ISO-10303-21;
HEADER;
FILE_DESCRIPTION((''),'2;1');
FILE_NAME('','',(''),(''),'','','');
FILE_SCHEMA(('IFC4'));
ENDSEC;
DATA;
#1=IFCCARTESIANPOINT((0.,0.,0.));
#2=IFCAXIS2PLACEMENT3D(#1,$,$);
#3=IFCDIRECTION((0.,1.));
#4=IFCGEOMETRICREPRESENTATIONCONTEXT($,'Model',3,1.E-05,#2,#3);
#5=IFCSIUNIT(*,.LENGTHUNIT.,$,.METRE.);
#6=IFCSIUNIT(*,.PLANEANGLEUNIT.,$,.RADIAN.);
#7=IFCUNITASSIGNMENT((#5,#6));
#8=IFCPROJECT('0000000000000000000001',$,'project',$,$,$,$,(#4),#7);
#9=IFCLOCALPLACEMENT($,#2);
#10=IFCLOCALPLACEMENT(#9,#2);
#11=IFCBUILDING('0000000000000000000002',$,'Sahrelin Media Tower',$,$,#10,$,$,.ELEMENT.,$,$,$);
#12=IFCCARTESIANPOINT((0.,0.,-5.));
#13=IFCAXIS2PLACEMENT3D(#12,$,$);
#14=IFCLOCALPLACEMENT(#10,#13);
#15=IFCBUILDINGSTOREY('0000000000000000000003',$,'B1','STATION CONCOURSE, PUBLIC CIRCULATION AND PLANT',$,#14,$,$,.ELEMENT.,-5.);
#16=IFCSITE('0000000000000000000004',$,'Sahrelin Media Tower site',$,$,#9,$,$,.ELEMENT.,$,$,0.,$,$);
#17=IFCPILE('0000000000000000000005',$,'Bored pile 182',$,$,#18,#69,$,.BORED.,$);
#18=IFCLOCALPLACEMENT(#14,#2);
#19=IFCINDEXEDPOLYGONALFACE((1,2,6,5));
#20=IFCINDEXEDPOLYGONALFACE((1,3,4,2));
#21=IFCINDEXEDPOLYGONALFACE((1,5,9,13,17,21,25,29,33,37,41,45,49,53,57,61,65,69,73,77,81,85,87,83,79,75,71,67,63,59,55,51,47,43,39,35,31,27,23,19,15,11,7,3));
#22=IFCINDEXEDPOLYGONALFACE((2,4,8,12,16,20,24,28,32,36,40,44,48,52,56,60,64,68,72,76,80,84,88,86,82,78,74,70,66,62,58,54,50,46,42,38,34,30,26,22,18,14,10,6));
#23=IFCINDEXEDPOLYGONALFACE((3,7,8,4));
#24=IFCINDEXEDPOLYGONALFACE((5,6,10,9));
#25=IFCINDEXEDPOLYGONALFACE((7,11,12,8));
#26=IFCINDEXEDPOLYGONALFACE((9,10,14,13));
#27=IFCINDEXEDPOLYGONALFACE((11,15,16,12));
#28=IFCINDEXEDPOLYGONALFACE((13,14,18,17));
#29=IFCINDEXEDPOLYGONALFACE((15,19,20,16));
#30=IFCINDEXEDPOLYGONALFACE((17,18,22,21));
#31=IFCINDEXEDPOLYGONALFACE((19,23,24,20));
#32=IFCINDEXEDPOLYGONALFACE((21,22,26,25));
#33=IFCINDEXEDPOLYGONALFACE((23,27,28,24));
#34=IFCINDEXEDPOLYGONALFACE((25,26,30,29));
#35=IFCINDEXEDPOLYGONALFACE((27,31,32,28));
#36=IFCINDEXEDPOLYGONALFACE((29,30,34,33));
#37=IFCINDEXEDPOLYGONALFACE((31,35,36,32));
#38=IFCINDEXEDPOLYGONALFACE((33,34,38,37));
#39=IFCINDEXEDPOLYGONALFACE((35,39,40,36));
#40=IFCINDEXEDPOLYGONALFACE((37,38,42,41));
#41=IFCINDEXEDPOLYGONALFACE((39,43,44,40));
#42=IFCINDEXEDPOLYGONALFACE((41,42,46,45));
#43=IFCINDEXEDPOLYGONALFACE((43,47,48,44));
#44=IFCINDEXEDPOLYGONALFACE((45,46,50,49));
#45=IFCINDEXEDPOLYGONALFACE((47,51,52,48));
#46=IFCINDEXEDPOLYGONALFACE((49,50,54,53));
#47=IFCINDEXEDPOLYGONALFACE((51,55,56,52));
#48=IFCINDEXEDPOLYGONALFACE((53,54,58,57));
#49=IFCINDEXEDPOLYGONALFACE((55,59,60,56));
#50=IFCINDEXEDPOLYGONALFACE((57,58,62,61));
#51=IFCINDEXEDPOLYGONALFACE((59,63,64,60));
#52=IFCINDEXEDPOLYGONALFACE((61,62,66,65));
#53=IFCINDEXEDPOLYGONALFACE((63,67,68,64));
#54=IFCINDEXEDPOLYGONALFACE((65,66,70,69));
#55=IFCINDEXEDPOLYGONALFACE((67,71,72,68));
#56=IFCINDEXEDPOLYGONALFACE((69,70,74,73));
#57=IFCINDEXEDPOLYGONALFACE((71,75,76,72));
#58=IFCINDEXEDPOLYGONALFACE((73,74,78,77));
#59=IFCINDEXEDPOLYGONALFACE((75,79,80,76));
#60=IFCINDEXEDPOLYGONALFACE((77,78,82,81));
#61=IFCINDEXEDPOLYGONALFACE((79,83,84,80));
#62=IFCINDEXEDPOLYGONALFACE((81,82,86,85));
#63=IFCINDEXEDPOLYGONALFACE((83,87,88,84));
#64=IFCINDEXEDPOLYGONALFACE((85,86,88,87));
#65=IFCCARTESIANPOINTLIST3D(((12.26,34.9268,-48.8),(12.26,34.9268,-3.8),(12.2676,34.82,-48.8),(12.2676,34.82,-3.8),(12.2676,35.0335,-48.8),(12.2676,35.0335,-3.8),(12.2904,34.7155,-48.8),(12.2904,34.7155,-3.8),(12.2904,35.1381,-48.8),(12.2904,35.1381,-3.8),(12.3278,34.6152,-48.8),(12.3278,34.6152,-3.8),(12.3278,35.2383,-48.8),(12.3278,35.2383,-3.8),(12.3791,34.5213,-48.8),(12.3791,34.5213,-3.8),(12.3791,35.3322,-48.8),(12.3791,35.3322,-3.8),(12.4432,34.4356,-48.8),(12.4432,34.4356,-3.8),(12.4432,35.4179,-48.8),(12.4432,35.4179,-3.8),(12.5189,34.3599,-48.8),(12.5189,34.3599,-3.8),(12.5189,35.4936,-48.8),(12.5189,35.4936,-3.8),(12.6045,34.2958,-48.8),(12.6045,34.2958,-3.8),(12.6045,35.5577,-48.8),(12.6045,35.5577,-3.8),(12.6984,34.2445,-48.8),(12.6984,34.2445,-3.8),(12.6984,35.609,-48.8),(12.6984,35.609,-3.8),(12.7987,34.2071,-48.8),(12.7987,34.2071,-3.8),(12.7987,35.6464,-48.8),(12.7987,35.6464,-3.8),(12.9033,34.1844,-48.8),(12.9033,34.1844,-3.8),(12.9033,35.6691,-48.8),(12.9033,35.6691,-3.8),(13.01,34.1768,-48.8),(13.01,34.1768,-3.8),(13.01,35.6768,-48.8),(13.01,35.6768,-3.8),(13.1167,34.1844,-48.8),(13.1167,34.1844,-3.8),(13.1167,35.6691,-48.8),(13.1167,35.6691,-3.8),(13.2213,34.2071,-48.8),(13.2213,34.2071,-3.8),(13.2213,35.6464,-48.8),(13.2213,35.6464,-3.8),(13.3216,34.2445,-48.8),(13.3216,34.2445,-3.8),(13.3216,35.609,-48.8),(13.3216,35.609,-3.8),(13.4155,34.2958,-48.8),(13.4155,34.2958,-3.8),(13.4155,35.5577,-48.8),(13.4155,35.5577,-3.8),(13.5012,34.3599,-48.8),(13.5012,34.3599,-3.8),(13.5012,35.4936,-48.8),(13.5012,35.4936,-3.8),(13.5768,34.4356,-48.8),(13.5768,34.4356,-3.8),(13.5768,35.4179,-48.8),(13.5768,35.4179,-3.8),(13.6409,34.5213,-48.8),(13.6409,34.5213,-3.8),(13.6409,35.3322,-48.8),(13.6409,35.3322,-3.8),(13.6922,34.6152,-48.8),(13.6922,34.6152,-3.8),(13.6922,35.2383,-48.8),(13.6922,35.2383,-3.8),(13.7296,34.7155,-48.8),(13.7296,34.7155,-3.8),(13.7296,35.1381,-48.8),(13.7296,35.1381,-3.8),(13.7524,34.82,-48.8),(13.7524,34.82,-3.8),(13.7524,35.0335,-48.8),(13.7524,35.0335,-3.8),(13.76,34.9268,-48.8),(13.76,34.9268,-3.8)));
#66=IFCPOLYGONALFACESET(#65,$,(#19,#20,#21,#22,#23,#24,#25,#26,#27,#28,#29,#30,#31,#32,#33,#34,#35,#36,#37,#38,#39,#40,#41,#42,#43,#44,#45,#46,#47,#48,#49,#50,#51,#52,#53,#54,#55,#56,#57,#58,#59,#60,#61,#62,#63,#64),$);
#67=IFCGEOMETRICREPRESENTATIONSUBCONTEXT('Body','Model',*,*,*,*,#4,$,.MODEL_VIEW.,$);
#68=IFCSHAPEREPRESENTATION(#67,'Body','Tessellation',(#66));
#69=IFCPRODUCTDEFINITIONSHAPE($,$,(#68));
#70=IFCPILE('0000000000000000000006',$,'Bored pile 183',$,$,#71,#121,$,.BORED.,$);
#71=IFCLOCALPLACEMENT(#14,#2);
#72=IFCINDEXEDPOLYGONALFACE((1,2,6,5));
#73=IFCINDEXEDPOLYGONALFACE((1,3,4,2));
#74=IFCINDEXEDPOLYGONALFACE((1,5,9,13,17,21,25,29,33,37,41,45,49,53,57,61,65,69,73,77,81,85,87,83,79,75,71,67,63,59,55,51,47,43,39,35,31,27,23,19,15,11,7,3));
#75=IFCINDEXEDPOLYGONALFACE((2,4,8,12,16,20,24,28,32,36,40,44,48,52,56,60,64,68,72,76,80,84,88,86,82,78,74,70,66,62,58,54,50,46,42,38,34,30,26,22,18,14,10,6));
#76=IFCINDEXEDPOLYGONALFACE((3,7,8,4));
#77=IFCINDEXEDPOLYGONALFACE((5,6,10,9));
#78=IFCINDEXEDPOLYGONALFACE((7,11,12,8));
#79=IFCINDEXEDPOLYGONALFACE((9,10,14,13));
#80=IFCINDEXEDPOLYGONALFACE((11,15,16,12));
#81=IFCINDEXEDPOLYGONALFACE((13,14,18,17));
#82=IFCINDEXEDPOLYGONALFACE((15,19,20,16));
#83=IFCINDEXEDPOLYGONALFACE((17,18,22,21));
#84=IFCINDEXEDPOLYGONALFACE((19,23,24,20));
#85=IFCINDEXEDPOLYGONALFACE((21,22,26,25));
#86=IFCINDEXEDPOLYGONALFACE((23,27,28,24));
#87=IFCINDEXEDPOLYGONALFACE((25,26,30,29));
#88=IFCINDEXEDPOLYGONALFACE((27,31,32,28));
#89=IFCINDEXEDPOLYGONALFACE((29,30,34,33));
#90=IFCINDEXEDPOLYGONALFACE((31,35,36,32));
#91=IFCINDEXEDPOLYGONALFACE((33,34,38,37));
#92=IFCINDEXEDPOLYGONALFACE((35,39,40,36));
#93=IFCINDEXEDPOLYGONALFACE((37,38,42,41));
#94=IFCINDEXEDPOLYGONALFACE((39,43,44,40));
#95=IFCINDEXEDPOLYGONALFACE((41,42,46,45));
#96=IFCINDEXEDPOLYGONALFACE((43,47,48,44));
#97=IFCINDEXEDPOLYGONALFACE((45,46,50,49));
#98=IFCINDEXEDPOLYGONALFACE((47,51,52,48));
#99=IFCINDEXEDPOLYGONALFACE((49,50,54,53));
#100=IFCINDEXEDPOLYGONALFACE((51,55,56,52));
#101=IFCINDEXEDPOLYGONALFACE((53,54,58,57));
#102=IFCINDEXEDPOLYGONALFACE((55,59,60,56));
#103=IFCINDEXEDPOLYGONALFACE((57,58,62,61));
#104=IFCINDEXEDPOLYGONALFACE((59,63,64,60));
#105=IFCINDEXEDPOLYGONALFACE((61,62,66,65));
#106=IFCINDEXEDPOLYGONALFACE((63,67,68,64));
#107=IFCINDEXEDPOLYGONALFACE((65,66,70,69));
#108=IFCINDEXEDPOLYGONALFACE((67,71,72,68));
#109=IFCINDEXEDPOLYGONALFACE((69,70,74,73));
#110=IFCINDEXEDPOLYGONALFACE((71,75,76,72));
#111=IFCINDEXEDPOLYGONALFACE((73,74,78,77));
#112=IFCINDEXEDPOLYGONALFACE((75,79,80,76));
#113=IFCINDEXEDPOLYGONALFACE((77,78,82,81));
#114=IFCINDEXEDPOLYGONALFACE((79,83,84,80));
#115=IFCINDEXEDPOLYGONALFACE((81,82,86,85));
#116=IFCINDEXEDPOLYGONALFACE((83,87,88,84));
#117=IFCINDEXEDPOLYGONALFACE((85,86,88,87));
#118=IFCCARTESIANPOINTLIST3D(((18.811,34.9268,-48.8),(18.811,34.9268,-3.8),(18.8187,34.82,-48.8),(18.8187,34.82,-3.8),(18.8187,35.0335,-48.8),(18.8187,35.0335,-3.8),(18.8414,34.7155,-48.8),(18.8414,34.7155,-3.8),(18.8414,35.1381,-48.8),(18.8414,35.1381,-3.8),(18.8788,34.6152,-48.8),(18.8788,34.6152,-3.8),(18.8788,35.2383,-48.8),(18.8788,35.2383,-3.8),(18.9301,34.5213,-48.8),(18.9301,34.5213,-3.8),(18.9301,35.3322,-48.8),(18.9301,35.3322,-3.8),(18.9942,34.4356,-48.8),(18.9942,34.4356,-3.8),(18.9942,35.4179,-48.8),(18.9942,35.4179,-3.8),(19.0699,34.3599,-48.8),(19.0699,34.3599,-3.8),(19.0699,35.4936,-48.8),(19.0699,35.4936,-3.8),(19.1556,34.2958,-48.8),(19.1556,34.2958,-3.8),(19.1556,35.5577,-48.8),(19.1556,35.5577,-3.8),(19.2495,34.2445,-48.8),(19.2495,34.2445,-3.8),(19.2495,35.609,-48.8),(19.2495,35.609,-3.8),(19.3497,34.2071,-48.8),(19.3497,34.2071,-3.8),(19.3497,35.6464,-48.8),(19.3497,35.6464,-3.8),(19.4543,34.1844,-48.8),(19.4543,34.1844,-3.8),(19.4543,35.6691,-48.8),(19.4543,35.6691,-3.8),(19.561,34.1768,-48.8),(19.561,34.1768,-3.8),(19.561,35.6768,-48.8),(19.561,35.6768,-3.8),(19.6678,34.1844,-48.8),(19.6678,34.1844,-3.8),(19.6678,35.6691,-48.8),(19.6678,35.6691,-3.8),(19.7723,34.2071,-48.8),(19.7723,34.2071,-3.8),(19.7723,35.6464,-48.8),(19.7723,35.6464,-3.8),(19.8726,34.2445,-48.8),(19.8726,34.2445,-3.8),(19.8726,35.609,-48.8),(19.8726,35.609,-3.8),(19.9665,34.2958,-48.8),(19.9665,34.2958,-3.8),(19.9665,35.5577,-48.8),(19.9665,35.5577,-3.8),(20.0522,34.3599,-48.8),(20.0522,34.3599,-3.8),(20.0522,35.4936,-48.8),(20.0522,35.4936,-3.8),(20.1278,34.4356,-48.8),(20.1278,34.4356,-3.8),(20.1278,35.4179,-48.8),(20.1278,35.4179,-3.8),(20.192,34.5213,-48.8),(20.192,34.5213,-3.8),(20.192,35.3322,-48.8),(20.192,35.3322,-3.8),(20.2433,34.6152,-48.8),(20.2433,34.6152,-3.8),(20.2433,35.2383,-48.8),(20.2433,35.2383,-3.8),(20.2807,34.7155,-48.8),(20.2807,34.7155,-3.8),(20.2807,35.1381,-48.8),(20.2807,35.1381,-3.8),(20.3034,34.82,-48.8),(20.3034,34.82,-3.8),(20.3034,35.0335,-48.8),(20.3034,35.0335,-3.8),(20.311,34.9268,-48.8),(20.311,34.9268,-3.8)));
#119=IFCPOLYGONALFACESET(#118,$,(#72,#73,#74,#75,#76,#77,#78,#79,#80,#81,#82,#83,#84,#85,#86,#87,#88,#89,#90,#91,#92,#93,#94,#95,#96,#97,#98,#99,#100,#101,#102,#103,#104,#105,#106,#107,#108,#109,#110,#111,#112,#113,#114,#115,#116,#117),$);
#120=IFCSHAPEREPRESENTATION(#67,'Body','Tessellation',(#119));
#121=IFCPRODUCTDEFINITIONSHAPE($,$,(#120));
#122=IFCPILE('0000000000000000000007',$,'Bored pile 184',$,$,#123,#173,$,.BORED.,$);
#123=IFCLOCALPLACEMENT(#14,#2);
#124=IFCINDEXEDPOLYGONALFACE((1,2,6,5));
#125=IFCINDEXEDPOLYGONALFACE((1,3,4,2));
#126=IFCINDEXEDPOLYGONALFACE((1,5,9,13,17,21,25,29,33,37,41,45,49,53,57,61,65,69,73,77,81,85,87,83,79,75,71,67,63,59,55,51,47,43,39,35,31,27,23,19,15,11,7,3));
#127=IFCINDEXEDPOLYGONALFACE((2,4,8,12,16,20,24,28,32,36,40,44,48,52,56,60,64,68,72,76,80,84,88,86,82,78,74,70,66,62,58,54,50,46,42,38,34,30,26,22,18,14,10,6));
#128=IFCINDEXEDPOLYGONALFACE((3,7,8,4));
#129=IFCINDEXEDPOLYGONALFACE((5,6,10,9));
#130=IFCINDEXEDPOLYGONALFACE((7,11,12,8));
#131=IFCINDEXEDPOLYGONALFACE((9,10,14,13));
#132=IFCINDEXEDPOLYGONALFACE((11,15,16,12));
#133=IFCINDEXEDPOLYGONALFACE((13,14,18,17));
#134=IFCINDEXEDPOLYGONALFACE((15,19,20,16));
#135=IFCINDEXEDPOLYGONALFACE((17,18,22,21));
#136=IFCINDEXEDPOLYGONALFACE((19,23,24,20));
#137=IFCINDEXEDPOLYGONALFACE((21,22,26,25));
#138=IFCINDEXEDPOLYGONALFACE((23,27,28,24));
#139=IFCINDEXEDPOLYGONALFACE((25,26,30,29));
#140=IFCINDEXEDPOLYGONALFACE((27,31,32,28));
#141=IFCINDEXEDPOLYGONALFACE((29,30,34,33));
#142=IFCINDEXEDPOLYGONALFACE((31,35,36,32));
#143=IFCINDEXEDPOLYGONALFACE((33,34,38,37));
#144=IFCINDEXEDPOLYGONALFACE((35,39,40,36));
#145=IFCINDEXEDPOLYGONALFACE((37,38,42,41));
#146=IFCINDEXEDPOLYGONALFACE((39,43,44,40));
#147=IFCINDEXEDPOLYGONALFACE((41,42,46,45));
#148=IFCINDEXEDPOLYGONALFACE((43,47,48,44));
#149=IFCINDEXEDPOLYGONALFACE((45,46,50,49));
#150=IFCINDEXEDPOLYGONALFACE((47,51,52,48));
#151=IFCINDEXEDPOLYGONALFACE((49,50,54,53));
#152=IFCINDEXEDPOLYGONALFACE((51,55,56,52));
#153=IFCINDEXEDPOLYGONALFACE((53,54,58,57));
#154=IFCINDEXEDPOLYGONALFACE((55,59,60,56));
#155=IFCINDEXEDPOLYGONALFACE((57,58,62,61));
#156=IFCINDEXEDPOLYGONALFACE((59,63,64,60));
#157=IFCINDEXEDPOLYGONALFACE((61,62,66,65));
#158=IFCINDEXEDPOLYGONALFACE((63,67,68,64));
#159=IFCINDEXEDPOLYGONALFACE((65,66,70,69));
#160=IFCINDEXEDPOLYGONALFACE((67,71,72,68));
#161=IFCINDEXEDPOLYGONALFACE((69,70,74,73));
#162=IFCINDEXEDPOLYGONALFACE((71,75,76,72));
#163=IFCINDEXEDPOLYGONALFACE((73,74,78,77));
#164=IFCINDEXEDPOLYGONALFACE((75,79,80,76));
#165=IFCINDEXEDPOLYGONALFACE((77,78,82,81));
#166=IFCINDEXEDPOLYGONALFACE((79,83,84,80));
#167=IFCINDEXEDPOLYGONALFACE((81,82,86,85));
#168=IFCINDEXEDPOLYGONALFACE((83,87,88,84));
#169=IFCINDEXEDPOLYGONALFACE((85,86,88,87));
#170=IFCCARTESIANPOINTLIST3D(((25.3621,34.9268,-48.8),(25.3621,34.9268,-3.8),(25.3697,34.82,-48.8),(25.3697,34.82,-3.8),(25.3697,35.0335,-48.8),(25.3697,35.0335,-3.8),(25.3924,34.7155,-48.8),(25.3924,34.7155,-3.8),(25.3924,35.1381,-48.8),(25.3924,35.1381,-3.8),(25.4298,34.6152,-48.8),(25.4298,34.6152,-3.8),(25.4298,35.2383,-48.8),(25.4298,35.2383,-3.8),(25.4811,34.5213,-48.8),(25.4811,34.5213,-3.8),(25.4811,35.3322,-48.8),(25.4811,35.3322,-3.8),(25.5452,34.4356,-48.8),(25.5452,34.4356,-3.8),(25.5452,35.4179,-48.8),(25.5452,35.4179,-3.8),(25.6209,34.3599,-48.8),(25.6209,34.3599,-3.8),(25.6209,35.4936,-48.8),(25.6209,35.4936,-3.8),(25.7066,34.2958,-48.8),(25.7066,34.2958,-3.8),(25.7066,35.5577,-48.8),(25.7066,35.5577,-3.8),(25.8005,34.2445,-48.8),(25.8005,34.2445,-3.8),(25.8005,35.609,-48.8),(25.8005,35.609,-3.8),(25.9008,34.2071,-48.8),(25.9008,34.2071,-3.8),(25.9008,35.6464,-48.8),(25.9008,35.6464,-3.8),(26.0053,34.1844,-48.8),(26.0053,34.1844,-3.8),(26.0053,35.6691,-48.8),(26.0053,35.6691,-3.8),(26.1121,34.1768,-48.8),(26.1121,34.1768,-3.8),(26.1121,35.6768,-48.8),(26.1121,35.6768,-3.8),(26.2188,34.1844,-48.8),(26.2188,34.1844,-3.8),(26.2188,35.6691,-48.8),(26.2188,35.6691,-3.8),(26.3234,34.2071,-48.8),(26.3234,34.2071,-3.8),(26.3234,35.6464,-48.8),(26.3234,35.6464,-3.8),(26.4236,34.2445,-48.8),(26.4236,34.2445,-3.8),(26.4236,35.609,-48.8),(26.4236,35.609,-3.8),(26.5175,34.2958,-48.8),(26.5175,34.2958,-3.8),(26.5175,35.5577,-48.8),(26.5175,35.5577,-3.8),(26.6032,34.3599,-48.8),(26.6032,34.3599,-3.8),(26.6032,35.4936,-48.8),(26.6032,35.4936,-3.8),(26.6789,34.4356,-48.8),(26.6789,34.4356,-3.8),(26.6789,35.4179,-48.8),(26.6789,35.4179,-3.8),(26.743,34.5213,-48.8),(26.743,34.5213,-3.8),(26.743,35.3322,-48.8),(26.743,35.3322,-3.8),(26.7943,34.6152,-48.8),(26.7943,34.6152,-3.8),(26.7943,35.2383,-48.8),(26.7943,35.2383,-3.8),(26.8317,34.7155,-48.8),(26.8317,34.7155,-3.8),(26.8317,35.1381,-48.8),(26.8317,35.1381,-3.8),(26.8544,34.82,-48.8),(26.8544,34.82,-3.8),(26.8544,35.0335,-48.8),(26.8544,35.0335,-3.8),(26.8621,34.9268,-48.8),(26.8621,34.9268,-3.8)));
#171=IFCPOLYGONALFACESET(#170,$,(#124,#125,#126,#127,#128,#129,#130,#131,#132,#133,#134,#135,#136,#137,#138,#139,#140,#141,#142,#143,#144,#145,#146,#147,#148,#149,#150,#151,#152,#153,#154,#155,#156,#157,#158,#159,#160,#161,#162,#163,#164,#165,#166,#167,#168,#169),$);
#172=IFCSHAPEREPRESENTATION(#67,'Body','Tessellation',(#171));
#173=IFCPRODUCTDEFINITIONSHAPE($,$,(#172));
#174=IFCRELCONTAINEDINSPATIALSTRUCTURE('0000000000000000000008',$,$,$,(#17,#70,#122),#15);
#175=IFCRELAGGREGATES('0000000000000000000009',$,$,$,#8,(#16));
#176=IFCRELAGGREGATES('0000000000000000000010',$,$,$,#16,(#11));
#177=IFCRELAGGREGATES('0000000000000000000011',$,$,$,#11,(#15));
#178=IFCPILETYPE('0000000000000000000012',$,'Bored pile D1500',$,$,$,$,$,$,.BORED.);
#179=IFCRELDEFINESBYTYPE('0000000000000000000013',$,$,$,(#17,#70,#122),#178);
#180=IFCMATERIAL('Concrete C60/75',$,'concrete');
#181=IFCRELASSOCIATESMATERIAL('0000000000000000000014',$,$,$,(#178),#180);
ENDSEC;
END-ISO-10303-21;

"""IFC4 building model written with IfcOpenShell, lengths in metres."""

from ifc_helpers import new_model, si_unit, direction, frame, origin, origin_2d, place, context, subcontext, project, spatial, circle, extrude, material, material_profile, profile_set, type_object, element, save


model = new_model("IFC4")

# Units and contexts
model_context = context("Model", 3, precision=1e-05, world=origin(), true_north=direction((0.0, 1.0)))
body_context = subcontext(model_context, "Body", "Model", "MODEL_VIEW")
ifc_project = project(units=[si_unit("LENGTHUNIT", "METRE"), si_unit("PLANEANGLEUNIT", "RADIAN")], contexts=[model_context])

# Site, building, storey
site_placement = place(None, origin())
site = spatial("IfcSite", under=ifc_project, at=site_placement, Name="Sahrelin Media Tower site", CompositionType="ELEMENT", RefElevation=0.0)
building_placement = place(site_placement, origin())
building = spatial("IfcBuilding", under=site, at=building_placement, Name="Sahrelin Media Tower", CompositionType="ELEMENT")
storey_placement = place(building_placement, frame((0.0, 0.0, -5.0)))
storey = spatial("IfcBuildingStorey", under=building, at=storey_placement, Name="B1", Description="STATION CONCOURSE, PUBLIC CIRCULATION AND PLANT", CompositionType="ELEMENT", Elevation=-5.0)

# Piles
ifc_material_1 = material(Name="Concrete C60/75", Category="concrete")
ifc_material_profile_1 = material_profile(ifc_material_1, circle(Radius=0.75, at=origin_2d()), Name="Bored pile D1500")
ifc_profile_set_1 = profile_set([ifc_material_profile_1], Name="Concrete C60/75")
pile_type = type_object("IfcPileType", Name="Bored pile D1500", PredefinedType="BORED", material=ifc_profile_set_1)
for number, where, z_axis, x_axis, name in (
    (1, (13.01, 34.9268, -3.8), (0.0, 0.0, -1.0), (1.0, 0.0, 0.0), "Bored pile 182"),
    (2, (19.561, 34.9268, -3.8), (0.0, 0.0, -1.0), (1.0, 0.0, 0.0), "Bored pile 183"),
    (3, (26.1121, 34.9268, -3.8), (0.0, 0.0, -1.0), (1.0, 0.0, 0.0), "Bored pile 184"),
):
    element("IfcPile", number, at=place(storey_placement, frame(where, z_axis=z_axis, x_axis=x_axis)), inside=storey, type_object=pile_type, Name=name, PredefinedType="BORED", context=body_context, shape_type="SweptSolid", body=[
        extrude(circle(Radius=0.75, at=origin_2d()), origin(), (0.0, 0.0, 1.0), 45.0),
    ])

save(model, "model.ifc")
